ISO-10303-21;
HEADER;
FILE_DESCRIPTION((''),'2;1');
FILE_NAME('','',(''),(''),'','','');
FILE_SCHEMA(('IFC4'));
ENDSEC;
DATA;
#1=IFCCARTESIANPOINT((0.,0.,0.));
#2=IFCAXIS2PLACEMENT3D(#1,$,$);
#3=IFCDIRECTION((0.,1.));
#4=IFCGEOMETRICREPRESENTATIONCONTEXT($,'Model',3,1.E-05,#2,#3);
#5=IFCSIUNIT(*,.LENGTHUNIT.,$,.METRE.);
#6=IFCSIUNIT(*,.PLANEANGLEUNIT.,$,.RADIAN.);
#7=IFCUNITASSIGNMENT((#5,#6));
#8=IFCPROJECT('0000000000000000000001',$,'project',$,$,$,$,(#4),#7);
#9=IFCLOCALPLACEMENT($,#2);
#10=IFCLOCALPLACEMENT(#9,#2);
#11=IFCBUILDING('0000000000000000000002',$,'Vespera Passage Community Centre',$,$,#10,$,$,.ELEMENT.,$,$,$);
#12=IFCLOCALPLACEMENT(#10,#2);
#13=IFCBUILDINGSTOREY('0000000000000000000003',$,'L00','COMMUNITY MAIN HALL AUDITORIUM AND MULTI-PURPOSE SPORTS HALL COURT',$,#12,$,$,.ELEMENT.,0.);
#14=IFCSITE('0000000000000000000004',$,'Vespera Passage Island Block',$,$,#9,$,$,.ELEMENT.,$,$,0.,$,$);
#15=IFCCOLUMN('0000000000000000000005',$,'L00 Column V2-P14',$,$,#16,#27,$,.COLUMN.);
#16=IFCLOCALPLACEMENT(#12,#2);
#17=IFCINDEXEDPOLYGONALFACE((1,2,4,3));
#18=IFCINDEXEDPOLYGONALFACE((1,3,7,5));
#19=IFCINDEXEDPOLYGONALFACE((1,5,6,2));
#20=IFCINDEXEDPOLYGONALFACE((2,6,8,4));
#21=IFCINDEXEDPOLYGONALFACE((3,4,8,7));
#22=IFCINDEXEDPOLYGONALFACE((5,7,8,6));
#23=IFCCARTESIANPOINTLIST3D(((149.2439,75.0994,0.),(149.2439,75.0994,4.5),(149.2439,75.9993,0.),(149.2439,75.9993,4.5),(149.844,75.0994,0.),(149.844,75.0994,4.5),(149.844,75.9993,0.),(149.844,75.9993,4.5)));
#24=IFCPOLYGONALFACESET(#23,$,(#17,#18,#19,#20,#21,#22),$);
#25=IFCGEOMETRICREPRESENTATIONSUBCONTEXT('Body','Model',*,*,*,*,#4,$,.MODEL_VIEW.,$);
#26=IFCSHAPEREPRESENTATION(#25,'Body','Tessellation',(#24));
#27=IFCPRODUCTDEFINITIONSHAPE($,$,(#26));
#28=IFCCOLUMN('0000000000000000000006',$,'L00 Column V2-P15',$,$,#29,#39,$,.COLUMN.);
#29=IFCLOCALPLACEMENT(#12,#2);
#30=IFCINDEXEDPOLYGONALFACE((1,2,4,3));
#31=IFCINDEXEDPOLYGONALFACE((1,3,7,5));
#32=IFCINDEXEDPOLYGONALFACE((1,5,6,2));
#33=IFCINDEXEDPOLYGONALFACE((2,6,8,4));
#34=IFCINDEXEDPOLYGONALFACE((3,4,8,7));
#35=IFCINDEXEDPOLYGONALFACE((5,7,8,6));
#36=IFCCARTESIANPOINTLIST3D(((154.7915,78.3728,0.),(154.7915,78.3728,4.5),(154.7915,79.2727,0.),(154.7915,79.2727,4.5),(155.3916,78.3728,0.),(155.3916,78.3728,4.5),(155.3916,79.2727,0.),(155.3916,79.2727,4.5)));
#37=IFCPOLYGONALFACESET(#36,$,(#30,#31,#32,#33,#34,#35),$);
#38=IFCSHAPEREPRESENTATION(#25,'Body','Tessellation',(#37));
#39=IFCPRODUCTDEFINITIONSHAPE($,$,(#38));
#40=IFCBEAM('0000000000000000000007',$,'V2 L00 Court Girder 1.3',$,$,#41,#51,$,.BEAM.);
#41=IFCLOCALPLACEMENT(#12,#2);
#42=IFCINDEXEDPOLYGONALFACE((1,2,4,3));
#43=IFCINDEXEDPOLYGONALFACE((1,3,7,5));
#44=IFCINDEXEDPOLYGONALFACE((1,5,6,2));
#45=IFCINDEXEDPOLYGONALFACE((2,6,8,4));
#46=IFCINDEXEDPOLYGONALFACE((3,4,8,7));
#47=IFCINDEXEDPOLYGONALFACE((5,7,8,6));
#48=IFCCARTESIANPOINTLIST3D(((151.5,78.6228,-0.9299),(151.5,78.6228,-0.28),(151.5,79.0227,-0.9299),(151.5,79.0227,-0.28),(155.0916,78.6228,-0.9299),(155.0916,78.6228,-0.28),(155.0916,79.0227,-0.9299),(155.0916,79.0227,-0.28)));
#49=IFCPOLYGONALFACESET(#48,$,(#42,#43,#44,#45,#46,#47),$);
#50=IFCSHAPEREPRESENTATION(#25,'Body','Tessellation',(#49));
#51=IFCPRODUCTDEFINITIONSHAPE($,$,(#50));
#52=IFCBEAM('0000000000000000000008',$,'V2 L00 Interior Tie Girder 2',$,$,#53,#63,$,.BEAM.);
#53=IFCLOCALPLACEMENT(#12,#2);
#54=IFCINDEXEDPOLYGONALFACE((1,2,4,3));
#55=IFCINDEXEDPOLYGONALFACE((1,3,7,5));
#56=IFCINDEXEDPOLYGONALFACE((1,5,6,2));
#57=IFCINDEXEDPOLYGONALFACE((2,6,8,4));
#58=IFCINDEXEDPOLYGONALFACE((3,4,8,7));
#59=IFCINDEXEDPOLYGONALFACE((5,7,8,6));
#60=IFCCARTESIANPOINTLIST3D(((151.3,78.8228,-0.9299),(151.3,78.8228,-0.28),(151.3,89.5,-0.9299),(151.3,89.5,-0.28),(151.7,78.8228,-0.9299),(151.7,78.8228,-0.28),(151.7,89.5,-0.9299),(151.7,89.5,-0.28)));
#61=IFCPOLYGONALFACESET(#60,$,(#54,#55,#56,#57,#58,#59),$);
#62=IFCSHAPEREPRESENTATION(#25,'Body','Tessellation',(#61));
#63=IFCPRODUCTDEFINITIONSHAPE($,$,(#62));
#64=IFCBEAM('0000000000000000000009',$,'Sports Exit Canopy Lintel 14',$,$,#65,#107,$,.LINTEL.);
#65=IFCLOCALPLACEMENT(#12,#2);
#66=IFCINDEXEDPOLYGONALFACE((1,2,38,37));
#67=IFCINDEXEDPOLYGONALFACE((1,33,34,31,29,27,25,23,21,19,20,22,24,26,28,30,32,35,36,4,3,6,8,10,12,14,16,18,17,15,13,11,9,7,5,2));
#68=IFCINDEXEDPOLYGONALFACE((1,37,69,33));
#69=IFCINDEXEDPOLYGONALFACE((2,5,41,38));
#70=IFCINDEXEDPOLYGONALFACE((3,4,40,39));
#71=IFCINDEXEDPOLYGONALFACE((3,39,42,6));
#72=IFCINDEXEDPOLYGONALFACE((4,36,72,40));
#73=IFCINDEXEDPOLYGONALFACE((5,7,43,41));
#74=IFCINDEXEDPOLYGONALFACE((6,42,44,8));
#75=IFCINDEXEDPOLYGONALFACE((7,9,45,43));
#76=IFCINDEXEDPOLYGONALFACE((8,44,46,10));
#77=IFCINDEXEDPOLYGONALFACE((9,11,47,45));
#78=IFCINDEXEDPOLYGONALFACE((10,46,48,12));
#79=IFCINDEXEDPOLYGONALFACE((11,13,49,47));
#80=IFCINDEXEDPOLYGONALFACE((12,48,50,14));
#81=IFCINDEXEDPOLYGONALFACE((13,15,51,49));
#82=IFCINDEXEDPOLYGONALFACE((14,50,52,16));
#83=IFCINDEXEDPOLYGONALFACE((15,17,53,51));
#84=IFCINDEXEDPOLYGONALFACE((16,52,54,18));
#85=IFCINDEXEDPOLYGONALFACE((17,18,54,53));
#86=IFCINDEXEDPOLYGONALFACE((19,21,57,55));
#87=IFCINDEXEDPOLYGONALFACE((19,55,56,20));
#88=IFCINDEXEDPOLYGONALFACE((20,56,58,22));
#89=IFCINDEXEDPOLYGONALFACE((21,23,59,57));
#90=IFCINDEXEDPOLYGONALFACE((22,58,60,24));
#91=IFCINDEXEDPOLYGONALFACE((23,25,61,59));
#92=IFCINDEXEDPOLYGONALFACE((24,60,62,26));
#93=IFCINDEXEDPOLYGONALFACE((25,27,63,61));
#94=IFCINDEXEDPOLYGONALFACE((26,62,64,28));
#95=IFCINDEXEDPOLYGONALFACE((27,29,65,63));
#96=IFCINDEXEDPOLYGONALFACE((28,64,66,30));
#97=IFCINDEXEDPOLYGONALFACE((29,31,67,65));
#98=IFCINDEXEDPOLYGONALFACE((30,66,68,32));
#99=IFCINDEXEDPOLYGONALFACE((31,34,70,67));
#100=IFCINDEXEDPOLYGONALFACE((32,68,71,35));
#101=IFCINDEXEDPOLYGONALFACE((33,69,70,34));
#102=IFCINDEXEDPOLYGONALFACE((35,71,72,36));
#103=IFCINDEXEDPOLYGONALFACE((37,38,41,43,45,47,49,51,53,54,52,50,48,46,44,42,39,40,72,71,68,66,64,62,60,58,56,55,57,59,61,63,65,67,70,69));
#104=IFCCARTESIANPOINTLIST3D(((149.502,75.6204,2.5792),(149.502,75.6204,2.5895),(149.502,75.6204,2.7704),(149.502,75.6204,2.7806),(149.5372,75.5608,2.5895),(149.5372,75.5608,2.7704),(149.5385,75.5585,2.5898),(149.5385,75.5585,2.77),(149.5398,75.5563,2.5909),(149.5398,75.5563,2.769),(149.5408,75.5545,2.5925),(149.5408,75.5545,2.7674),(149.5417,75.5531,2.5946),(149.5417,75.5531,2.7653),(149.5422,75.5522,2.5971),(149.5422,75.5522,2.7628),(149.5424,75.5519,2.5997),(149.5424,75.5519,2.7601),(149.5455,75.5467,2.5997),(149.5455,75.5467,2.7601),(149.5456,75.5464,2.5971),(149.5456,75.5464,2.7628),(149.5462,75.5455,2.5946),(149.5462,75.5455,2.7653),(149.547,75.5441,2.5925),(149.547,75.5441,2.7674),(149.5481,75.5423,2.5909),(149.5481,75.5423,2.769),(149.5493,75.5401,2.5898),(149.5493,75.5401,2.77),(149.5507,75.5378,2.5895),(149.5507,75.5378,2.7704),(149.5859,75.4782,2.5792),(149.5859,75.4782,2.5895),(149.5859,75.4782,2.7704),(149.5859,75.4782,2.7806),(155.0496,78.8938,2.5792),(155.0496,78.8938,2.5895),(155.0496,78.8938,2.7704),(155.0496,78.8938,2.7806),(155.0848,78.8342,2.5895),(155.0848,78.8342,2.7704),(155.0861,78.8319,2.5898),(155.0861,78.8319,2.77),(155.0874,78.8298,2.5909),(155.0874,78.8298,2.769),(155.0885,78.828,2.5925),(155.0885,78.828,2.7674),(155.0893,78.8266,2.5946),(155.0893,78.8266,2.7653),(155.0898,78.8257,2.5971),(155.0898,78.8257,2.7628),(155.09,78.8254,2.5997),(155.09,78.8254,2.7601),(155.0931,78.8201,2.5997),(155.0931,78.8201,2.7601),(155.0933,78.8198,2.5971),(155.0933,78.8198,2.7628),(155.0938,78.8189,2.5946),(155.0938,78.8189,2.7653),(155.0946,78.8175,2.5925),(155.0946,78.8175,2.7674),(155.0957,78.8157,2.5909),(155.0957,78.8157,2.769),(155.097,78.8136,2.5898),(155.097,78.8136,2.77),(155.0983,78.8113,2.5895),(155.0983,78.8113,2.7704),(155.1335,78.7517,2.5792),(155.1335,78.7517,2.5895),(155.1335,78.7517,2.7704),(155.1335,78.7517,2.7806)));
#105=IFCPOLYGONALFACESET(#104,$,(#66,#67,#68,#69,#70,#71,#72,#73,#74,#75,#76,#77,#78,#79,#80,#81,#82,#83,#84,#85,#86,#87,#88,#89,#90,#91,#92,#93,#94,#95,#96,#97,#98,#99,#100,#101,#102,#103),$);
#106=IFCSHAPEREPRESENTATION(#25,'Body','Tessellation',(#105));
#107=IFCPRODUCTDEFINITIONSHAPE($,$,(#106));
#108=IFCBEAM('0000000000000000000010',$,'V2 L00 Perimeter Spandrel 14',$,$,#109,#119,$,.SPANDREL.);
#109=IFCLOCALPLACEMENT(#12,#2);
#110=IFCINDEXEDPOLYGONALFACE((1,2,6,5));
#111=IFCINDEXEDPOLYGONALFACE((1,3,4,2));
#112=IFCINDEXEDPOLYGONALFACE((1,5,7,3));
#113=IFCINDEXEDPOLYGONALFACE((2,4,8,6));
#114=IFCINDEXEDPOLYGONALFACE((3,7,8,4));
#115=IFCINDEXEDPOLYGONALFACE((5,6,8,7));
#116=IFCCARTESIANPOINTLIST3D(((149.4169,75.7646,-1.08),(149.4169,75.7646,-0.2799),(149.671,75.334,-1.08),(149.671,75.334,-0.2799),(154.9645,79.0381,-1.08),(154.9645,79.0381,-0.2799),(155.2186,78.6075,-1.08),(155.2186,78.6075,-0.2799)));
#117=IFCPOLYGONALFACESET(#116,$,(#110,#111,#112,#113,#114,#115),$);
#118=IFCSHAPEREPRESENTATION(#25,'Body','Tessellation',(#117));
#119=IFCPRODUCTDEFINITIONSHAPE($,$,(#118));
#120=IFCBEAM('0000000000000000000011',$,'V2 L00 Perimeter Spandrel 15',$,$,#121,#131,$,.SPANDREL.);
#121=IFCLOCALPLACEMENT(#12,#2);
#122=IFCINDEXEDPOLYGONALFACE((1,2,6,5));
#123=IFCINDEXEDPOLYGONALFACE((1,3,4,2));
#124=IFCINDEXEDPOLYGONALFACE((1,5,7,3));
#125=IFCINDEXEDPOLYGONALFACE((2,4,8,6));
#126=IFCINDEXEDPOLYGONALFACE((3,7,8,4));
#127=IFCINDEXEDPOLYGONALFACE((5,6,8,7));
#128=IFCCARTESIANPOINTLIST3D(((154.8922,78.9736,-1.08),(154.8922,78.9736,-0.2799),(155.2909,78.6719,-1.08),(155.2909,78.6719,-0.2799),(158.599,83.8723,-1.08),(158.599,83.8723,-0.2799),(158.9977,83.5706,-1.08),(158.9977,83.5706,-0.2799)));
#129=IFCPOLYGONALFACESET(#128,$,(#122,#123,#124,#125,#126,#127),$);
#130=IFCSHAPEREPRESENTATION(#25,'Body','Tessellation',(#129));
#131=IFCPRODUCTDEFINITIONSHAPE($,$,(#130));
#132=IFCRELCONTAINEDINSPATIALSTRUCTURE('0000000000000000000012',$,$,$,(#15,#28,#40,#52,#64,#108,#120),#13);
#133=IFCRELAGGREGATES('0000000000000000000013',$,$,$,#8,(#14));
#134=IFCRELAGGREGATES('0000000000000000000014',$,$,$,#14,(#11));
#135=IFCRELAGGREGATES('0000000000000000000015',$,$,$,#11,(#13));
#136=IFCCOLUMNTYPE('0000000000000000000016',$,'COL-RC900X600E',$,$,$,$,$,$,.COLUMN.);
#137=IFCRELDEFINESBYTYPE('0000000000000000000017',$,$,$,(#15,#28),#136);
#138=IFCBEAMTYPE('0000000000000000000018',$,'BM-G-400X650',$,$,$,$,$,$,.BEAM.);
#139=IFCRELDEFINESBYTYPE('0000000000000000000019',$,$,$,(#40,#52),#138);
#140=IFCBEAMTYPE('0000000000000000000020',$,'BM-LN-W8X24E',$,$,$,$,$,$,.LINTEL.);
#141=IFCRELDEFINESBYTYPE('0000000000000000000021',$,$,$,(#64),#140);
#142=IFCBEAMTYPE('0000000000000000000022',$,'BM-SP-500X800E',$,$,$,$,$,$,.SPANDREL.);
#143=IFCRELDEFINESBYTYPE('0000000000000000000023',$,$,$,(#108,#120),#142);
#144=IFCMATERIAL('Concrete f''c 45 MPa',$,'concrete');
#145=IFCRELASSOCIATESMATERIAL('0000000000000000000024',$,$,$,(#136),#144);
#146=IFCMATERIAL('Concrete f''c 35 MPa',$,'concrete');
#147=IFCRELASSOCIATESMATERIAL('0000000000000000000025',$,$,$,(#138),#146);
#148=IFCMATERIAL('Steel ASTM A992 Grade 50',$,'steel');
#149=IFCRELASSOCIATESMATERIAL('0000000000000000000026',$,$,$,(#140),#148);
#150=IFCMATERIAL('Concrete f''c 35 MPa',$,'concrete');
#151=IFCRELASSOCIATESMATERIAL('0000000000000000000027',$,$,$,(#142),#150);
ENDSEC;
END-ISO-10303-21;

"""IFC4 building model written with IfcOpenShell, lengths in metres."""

from ifc_helpers import new_model, si_unit, direction, frame, origin, origin_2d, place, context, subcontext, project, spatial, rectangle, i_section, extrude, material, material_profile, profile_set, type_object, element, save


model = new_model("IFC4")

# Units and contexts
model_context = context("Model", 3, precision=1e-05, world=origin(), true_north=direction((0.0, 1.0)))
body_context = subcontext(model_context, "Body", "Model", "MODEL_VIEW")
ifc_project = project(units=[si_unit("LENGTHUNIT", "METRE"), si_unit("PLANEANGLEUNIT", "RADIAN")], contexts=[model_context])

# Site, building, storey
site_placement = place(None, origin())
site = spatial("IfcSite", under=ifc_project, at=site_placement, Name="Vespera Passage Island Block", CompositionType="ELEMENT", RefElevation=0.0)
building_placement = place(site_placement, origin())
building = spatial("IfcBuilding", under=site, at=building_placement, Name="Vespera Passage Community Centre", CompositionType="ELEMENT")
storey_placement = place(building_placement, origin())
storey = spatial("IfcBuildingStorey", under=building, at=storey_placement, Name="L00", Description="COMMUNITY MAIN HALL AUDITORIUM AND MULTI-PURPOSE SPORTS HALL COURT", CompositionType="ELEMENT", Elevation=0.0)

# Columns
ifc_material_1 = material(Name="Concrete f'c 45 MPa", Category="concrete")
ifc_material_profile_1 = material_profile(ifc_material_1, rectangle(XDim=0.6001, YDim=0.8999, at=origin_2d()), Name="RC900X600")
ifc_profile_set_1 = profile_set([ifc_material_profile_1], Name="Concrete f'c 45 MPa")
column_type = type_object("IfcColumnType", Name="COL-RC900X600E", PredefinedType="COLUMN", material=ifc_profile_set_1)
for number, where, z_axis, x_axis, name in (
    (1, (149.5439, 75.5493, 0.0), (0.0, 0.0, 1.0), (1.0, 0.0, 0.0), "L00 Column V2-P14"),
    (2, (155.0916, 78.8228, 0.0), (0.0, 0.0, 1.0), (1.0, 0.0, 0.0), "L00 Column V2-P15"),
):
    element("IfcColumn", number, at=place(storey_placement, frame(where, z_axis=z_axis, x_axis=x_axis)), inside=storey, type_object=column_type, Name=name, PredefinedType="COLUMN", context=body_context, shape_type="SweptSolid", body=[
        extrude(rectangle(XDim=0.6001, YDim=0.8999, at=origin_2d()), origin(), (0.0, 0.0, 1.0), 4.5),
    ])

# Beams
ifc_material_2 = material(Name="Concrete f'c 35 MPa", Category="concrete")
ifc_material_profile_2 = material_profile(ifc_material_2, rectangle(XDim=0.3999, YDim=0.6499, at=origin_2d()), Name="RC400X650")
ifc_profile_set_2 = profile_set([ifc_material_profile_2], Name="Concrete f'c 35 MPa")
beam_type_1 = type_object("IfcBeamType", Name="BM-G-400X650", PredefinedType="BEAM", material=ifc_profile_set_2)
beam_1_placement = place(storey_placement, frame((151.5, 78.8228, -0.605), z_axis=(1.0, 0.0, 0.0), x_axis=(0.0, 1.0, 0.0)))
element("IfcBeam", 3, at=beam_1_placement, inside=storey, type_object=beam_type_1, Name="V2 L00 Court Girder 1.3", PredefinedType="BEAM", context=body_context, shape_type="SweptSolid", body=[
    extrude(rectangle(XDim=0.3999, YDim=0.6499, at=origin_2d()), origin(), (0.0, 0.0, 1.0), 3.5916),
])
beam_2_placement = place(storey_placement, frame((151.5, 78.8228, -0.605), z_axis=(0.0, 1.0, 0.0), x_axis=(-1.0, 0.0, 0.0)))
element("IfcBeam", 4, at=beam_2_placement, inside=storey, type_object=beam_type_1, Name="V2 L00 Interior Tie Girder 2", PredefinedType="BEAM", context=body_context, shape_type="SweptSolid", body=[
    extrude(rectangle(XDim=0.3999, YDim=0.6499, at=origin_2d()), origin(), (0.0, 0.0, 1.0), 10.6772),
])
ifc_material_3 = material(Name="Steel ASTM A992 Grade 50", Category="steel")
ifc_material_profile_3 = material_profile(ifc_material_3, i_section(OverallWidth=0.165, OverallDepth=0.2014, WebThickness=0.0061, FlangeThickness=0.0103, FilletRadius=0.0103, at=origin_2d()), Name="W8X24")
ifc_profile_set_3 = profile_set([ifc_material_profile_3], Name="Steel ASTM A992 Grade 50")
beam_type_2 = type_object("IfcBeamType", Name="BM-LN-W8X24E", PredefinedType="LINTEL", material=ifc_profile_set_3)
beam_3_placement = place(storey_placement, frame((155.0916, 78.8228, 2.6799), z_axis=(-0.861246, -0.508189, 0.0), x_axis=(0.508189, -0.861246, 0.0)))
element("IfcBeam", 5, at=beam_3_placement, inside=storey, type_object=beam_type_2, Name="Sports Exit Canopy Lintel 14", PredefinedType="LINTEL", context=body_context, shape_type="SweptSolid", body=[
    extrude(i_section(OverallWidth=0.165, OverallDepth=0.2014, WebThickness=0.0061, FlangeThickness=0.0103, FilletRadius=0.0103, at=origin_2d()), origin(), (0.0, 0.0, 1.0), 6.4414),
])
ifc_material_4 = material(Name="Concrete f'c 35 MPa", Category="concrete")
ifc_material_profile_4 = material_profile(ifc_material_4, rectangle(XDim=0.5, YDim=0.8, at=origin_2d()), Name="RC500X800")
ifc_profile_set_4 = profile_set([ifc_material_profile_4], Name="Concrete f'c 35 MPa")
beam_type_3 = type_object("IfcBeamType", Name="BM-SP-500X800E", PredefinedType="SPANDREL", material=ifc_profile_set_4)
beam_4_placement = place(storey_placement, frame((149.5439, 75.5493, -0.6799), z_axis=(0.861246, 0.508189, 0.0), x_axis=(-0.508189, 0.861246, 0.0)))
element("IfcBeam", 6, at=beam_4_placement, inside=storey, type_object=beam_type_3, Name="V2 L00 Perimeter Spandrel 14", PredefinedType="SPANDREL", context=body_context, shape_type="SweptSolid", body=[
    extrude(rectangle(XDim=0.5, YDim=0.8, at=origin_2d()), origin(), (0.0, 0.0, 1.0), 6.4414),
])
beam_5_placement = place(storey_placement, frame((155.0916, 78.8228, -0.6799), z_axis=(0.603409, 0.797432, 0.0), x_axis=(-0.797432, 0.603409, 0.0)))
element("IfcBeam", 7, at=beam_5_placement, inside=storey, type_object=beam_type_3, Name="V2 L00 Perimeter Spandrel 15", PredefinedType="SPANDREL", context=body_context, shape_type="SweptSolid", body=[
    extrude(rectangle(XDim=0.5, YDim=0.8, at=origin_2d()), origin(), (0.0, 0.0, 1.0), 6.1431),
])

save(model, "model.ifc")
